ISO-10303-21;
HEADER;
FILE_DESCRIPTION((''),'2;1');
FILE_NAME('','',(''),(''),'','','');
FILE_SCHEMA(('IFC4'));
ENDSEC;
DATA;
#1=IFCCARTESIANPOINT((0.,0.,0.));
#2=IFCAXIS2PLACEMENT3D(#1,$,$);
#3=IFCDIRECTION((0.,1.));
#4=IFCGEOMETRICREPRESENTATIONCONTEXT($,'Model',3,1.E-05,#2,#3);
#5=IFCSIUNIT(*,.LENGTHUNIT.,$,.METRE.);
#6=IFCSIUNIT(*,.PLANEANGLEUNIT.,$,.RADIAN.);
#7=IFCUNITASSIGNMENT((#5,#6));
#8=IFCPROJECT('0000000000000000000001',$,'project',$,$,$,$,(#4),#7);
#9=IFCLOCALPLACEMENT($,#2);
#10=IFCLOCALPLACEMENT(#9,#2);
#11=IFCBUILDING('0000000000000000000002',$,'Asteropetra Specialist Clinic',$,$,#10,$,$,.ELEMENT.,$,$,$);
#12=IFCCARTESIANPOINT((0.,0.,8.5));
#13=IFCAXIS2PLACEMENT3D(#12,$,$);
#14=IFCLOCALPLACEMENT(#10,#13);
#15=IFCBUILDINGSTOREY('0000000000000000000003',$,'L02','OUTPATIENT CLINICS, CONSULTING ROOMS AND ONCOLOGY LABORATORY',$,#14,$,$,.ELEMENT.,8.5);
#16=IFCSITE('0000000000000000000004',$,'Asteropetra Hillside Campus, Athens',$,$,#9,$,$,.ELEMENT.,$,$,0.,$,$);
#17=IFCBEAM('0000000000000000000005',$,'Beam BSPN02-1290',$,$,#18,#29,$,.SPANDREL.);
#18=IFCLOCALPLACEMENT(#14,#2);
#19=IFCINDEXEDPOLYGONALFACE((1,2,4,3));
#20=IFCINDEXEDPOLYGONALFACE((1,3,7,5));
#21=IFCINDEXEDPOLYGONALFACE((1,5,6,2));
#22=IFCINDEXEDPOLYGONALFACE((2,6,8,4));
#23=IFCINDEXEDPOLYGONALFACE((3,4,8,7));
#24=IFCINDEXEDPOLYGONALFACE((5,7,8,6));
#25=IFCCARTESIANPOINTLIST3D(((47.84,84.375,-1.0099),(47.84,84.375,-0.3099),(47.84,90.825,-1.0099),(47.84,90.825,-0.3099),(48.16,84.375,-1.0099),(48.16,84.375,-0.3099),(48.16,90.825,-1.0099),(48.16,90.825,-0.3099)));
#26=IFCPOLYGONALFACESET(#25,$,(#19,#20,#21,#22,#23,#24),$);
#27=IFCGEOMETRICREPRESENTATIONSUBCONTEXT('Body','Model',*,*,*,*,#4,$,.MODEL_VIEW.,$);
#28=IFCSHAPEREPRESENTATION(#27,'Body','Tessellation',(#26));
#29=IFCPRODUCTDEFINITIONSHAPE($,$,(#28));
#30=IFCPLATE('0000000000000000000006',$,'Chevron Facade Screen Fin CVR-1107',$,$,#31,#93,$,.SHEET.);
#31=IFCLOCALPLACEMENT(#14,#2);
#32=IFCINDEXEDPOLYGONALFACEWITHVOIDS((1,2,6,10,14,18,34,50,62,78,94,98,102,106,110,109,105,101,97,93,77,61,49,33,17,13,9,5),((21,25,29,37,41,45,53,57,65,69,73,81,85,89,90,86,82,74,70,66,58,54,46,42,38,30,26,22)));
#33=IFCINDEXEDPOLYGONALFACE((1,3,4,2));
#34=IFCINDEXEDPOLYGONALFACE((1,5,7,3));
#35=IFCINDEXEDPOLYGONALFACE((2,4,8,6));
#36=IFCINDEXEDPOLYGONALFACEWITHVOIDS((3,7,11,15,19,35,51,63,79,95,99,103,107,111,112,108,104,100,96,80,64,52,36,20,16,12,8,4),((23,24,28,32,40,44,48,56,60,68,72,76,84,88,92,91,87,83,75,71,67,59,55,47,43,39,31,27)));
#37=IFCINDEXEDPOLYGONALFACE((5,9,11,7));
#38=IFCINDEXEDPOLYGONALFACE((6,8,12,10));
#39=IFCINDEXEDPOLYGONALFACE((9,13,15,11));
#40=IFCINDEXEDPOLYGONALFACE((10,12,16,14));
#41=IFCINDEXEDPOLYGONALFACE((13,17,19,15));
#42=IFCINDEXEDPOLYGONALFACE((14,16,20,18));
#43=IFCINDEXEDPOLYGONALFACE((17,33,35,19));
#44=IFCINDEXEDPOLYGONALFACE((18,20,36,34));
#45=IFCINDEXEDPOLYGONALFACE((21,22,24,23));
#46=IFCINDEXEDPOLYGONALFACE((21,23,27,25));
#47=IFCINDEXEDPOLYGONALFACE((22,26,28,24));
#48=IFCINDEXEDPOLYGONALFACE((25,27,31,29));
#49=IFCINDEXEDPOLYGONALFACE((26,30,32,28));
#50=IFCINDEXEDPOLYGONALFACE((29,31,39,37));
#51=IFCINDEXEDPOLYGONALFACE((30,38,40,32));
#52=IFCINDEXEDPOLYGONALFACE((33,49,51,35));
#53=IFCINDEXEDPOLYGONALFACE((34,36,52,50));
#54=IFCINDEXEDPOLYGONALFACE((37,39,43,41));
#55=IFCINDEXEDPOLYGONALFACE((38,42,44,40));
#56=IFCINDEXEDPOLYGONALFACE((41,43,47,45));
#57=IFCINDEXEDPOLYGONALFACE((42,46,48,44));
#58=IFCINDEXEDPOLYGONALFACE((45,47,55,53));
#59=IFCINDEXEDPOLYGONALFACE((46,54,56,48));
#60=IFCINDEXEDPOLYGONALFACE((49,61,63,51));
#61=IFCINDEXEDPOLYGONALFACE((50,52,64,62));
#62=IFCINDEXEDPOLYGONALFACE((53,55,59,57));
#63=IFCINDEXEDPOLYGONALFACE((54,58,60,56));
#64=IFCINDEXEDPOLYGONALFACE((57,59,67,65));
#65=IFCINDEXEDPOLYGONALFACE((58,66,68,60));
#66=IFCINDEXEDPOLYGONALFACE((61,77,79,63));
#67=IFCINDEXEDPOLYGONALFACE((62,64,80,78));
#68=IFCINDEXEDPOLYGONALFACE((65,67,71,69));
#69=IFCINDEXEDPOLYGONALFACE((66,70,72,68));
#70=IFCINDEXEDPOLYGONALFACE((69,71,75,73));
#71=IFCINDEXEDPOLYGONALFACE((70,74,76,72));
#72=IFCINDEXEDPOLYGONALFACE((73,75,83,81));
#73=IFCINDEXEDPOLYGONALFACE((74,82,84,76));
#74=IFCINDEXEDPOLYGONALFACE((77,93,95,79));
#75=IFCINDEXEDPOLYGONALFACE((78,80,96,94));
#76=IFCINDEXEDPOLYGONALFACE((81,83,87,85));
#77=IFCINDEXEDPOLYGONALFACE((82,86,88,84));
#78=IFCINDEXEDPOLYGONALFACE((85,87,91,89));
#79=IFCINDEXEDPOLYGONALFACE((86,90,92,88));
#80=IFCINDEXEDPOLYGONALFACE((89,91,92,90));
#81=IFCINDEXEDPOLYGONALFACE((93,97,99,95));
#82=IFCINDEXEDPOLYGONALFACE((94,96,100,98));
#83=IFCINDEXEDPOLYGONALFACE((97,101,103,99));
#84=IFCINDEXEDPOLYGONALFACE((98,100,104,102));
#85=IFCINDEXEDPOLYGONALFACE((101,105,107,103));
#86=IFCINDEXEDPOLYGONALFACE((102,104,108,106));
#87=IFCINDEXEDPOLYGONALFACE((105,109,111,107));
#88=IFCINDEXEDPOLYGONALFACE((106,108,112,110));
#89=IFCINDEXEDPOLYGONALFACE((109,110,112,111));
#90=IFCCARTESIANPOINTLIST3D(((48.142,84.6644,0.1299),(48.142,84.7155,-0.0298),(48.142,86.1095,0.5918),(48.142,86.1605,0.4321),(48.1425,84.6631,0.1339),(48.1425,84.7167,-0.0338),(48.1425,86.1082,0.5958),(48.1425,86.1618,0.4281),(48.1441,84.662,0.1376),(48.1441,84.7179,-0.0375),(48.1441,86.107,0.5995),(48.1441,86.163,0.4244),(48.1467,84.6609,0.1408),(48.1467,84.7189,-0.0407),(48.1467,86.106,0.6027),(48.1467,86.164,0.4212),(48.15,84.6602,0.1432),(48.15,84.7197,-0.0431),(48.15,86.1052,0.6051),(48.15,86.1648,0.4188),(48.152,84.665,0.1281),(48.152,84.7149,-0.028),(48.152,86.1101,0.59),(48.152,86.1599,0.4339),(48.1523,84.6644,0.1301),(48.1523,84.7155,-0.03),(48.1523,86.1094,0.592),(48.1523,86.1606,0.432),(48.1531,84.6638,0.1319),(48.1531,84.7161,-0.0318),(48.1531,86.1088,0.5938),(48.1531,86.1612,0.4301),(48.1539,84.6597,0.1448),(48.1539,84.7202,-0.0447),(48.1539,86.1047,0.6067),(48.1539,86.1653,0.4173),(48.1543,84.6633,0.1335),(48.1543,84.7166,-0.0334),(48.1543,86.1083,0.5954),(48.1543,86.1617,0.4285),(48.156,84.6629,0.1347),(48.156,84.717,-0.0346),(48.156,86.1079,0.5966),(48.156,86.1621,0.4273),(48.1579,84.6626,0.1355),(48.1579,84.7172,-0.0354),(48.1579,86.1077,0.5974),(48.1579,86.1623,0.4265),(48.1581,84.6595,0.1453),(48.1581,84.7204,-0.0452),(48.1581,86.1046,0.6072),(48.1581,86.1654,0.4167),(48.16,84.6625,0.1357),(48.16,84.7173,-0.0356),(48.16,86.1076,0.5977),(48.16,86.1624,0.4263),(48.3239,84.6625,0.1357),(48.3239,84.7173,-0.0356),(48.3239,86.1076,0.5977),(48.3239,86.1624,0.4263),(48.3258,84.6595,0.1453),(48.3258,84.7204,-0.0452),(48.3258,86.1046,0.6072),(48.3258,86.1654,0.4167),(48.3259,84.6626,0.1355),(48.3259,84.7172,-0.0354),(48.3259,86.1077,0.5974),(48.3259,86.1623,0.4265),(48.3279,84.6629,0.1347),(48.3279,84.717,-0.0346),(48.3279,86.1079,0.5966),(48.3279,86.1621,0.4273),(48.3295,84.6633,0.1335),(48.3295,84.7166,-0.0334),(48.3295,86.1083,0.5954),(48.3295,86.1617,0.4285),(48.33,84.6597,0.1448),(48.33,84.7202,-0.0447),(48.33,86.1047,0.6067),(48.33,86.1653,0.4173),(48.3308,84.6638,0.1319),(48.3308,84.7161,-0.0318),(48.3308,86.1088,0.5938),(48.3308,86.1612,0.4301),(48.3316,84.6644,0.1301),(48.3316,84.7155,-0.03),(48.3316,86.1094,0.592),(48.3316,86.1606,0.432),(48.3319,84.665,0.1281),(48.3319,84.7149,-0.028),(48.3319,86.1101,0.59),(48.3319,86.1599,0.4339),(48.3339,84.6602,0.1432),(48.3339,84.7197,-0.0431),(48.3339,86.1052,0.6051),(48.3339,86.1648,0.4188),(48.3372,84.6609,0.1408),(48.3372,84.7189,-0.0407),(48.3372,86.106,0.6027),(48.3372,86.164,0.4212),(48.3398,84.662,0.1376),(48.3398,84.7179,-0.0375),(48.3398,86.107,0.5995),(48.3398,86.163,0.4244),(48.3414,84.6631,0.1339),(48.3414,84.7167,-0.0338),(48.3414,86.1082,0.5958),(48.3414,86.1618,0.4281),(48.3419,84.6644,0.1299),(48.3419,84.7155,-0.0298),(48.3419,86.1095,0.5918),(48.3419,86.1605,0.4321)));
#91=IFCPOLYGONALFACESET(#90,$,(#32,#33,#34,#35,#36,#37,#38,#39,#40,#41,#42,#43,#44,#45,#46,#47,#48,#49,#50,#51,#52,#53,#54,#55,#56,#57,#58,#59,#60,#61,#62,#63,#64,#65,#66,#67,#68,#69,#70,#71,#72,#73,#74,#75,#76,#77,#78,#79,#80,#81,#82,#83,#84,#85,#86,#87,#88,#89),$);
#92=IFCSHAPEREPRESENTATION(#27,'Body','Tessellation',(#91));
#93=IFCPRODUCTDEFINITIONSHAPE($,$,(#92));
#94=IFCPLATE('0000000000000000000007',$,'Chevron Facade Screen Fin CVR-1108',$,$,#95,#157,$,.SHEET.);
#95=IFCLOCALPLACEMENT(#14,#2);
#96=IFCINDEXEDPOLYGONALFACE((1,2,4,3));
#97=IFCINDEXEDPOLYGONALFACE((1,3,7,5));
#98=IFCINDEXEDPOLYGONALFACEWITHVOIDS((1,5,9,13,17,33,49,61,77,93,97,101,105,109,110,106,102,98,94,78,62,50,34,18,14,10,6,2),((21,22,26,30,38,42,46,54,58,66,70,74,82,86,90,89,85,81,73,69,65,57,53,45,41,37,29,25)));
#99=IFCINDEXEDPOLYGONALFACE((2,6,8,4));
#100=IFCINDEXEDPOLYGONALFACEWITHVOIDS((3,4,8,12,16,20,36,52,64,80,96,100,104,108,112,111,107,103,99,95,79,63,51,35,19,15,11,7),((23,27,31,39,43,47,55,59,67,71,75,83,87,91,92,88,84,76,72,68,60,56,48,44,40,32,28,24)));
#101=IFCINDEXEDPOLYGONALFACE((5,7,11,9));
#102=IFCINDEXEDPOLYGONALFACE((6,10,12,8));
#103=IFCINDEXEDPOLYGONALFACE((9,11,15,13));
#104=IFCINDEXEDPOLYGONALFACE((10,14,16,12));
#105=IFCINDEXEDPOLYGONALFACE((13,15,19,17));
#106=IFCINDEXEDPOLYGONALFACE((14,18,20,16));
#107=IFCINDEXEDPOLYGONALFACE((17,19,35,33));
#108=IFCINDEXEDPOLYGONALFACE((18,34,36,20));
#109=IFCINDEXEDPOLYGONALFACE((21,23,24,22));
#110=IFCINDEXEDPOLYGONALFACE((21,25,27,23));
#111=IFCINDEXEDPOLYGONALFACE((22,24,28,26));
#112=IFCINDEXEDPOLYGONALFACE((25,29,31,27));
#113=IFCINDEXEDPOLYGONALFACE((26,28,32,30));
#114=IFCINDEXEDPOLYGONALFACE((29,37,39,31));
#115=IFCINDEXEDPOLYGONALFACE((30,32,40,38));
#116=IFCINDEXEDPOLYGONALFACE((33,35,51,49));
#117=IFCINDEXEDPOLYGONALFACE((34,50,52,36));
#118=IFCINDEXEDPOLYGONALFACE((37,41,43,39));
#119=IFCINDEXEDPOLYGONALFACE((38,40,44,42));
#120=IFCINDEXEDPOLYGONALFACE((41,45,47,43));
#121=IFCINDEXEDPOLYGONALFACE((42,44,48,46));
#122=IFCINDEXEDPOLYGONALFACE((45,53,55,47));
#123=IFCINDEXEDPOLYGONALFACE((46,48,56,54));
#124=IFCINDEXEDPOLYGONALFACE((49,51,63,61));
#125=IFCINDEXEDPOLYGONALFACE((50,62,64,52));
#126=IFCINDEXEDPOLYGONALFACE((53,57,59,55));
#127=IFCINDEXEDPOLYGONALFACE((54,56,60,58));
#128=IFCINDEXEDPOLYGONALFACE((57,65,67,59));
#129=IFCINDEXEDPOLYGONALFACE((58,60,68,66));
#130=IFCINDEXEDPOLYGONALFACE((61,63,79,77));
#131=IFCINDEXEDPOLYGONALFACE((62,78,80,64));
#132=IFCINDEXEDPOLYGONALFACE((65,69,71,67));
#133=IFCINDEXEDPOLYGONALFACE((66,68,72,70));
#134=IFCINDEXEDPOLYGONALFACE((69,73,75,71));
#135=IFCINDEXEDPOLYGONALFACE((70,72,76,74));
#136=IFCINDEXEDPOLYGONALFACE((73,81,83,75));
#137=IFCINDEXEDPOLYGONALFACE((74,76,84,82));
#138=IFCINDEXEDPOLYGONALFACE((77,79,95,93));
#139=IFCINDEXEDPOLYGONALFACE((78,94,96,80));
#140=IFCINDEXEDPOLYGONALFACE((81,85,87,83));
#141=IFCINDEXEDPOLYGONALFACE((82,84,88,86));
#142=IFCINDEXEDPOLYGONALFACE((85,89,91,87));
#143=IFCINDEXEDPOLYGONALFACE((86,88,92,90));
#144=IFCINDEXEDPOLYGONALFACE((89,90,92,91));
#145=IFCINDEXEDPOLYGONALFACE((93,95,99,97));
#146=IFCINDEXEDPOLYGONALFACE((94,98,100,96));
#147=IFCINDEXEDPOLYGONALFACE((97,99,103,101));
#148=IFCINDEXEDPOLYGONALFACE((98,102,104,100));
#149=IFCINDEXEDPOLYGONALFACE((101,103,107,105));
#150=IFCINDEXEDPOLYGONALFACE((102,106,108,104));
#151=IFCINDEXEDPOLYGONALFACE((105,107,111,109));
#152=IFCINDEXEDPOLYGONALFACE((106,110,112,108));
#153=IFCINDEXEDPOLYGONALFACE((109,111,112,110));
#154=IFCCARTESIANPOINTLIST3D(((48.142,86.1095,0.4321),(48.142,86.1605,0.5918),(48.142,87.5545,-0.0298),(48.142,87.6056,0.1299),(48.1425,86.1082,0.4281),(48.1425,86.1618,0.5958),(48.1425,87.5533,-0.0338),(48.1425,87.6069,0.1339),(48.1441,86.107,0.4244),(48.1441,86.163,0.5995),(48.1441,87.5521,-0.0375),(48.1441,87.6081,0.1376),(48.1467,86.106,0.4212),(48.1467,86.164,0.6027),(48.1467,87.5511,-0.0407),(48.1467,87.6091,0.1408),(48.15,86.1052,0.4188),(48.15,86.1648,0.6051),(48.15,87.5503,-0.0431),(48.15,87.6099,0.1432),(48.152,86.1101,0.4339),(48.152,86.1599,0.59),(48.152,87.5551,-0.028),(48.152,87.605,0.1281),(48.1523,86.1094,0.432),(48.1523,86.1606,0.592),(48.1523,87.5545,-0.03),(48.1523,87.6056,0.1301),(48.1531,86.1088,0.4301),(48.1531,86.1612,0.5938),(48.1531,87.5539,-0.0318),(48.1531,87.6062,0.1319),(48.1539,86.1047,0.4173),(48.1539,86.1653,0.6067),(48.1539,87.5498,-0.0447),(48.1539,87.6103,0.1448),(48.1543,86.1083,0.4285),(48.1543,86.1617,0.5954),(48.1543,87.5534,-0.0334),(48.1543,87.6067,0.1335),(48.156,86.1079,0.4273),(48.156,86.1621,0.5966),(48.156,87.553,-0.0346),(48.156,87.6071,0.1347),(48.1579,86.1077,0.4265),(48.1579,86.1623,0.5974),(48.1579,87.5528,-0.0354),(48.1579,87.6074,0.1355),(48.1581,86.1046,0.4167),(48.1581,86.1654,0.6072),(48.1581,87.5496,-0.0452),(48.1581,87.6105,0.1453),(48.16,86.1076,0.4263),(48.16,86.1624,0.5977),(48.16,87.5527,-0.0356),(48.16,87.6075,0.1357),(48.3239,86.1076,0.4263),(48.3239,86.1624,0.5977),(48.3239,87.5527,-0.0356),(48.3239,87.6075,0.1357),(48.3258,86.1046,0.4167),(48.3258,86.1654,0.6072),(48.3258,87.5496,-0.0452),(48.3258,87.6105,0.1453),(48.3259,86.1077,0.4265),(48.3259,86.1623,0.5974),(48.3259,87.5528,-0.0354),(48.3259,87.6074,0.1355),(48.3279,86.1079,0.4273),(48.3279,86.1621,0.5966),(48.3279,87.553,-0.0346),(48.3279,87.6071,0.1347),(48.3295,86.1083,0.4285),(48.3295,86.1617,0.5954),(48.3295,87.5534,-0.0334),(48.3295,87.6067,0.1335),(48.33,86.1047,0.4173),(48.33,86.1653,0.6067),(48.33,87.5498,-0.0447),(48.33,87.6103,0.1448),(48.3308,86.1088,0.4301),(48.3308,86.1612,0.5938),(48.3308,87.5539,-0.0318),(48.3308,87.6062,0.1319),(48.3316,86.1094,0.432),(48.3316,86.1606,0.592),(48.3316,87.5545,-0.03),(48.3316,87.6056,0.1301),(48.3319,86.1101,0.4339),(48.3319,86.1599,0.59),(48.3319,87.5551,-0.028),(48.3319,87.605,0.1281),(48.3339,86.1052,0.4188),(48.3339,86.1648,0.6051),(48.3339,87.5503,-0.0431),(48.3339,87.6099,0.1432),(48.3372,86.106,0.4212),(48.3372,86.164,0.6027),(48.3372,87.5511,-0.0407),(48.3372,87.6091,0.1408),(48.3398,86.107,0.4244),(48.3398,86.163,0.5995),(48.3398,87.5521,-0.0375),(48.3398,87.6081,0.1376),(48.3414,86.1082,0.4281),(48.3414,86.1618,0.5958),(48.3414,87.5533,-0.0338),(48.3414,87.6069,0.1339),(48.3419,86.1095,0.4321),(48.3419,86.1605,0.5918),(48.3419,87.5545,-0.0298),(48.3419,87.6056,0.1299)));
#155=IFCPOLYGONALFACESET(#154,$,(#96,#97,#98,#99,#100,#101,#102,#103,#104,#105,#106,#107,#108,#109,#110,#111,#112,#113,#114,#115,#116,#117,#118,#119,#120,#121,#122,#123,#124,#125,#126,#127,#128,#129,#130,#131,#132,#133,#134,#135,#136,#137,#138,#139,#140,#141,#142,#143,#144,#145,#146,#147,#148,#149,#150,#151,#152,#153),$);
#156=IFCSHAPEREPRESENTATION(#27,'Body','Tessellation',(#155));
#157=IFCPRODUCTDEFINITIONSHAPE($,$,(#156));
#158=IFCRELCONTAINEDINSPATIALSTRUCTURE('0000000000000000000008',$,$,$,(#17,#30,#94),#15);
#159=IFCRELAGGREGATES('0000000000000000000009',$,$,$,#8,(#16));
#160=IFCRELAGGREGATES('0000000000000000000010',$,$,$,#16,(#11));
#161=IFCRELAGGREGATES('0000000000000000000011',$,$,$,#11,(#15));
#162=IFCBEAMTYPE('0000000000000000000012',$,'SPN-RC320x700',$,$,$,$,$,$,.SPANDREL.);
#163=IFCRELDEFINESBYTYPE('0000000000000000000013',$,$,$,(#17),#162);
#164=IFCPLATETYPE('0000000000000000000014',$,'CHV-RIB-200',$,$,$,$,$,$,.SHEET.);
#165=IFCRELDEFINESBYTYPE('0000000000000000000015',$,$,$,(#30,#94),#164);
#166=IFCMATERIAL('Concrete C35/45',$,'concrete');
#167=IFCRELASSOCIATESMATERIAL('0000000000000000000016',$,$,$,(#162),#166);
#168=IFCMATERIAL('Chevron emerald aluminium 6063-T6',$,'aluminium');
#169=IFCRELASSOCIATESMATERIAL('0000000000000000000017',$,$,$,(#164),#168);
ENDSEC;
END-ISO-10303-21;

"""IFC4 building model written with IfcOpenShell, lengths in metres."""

from ifc_helpers import new_model, si_unit, direction, frame, origin, origin_2d, place, context, subcontext, project, spatial, rectangle, hollow_rectangle, extrude, material, material_profile, profile_set, type_object, element, save


model = new_model("IFC4")

# Units and contexts
model_context = context("Model", 3, precision=1e-05, world=origin(), true_north=direction((0.0, 1.0)))
body_context = subcontext(model_context, "Body", "Model", "MODEL_VIEW")
ifc_project = project(units=[si_unit("LENGTHUNIT", "METRE"), si_unit("PLANEANGLEUNIT", "RADIAN")], contexts=[model_context])

# Site, building, storey
site_placement = place(None, origin())
site = spatial("IfcSite", under=ifc_project, at=site_placement, Name="Asteropetra Hillside Campus, Athens", CompositionType="ELEMENT", RefElevation=0.0)
building_placement = place(site_placement, origin())
building = spatial("IfcBuilding", under=site, at=building_placement, Name="Asteropetra Specialist Clinic", CompositionType="ELEMENT")
storey_placement = place(building_placement, frame((0.0, 0.0, 8.5)))
storey = spatial("IfcBuildingStorey", under=building, at=storey_placement, Name="L02", Description="OUTPATIENT CLINICS, CONSULTING ROOMS AND ONCOLOGY LABORATORY", CompositionType="ELEMENT", Elevation=8.5)

# Beam
ifc_material_1 = material(Name="Concrete C35/45", Category="concrete")
ifc_material_profile_1 = material_profile(ifc_material_1, rectangle(XDim=0.3201, YDim=0.7, at=origin_2d()), Name="RCS 320x700")
ifc_profile_set_1 = profile_set([ifc_material_profile_1], Name="Concrete C35/45")
beam_type = type_object("IfcBeamType", Name="SPN-RC320x700", PredefinedType="SPANDREL", material=ifc_profile_set_1)
beam_placement = place(storey_placement, frame((48.0, 84.375, -0.6599), z_axis=(0.0, 1.0, 0.0), x_axis=(-1.0, 0.0, 0.0)))
element("IfcBeam", 1, at=beam_placement, inside=storey, type_object=beam_type, Name="Beam BSPN02-1290", PredefinedType="SPANDREL", context=body_context, shape_type="SweptSolid", body=[
    extrude(rectangle(XDim=0.3201, YDim=0.7, at=origin_2d()), origin(), (0.0, 0.0, 1.0), 6.45),
])

# Plates
ifc_material_2 = material(Name="Chevron emerald aluminium 6063-T6", Category="aluminium")
ifc_material_profile_2 = material_profile(ifc_material_2, hollow_rectangle(XDim=0.2, YDim=0.2, WallThickness=0.01, InnerFilletRadius=0.0081, OuterFilletRadius=0.0161, at=origin_2d()), Name="SHS 200x200x10.0")
ifc_profile_set_2 = profile_set([ifc_material_profile_2], Name="Chevron emerald aluminium 6063-T6")
plate_type_1 = type_object("IfcPlateType", Name="CHV-RIB-200", PredefinedType="SHEET", material=ifc_profile_set_2)
for number, where, z_axis, x_axis, name in (
    (2, (48.2419, 84.6899, 0.05), (0.0, 0.952521, 0.304472), (-1.0, 0.0, 0.0), "Chevron Facade Screen Fin CVR-1107"),
    (3, (48.2419, 86.135, 0.512), (0.0, 0.952521, -0.304472), (-1.0, 0.0, 0.0), "Chevron Facade Screen Fin CVR-1108"),
):
    element("IfcPlate", number, at=place(storey_placement, frame(where, z_axis=z_axis, x_axis=x_axis)), inside=storey, type_object=plate_type_1, Name=name, PredefinedType="SHEET", context=body_context, shape_type="SweptSolid", body=[
        extrude(hollow_rectangle(XDim=0.2, YDim=0.2, WallThickness=0.01, InnerFilletRadius=0.0081, OuterFilletRadius=0.0161, at=origin_2d()), origin(), (0.0, 0.0, 1.0), 1.5171),
    ])

save(model, "model.ifc")
